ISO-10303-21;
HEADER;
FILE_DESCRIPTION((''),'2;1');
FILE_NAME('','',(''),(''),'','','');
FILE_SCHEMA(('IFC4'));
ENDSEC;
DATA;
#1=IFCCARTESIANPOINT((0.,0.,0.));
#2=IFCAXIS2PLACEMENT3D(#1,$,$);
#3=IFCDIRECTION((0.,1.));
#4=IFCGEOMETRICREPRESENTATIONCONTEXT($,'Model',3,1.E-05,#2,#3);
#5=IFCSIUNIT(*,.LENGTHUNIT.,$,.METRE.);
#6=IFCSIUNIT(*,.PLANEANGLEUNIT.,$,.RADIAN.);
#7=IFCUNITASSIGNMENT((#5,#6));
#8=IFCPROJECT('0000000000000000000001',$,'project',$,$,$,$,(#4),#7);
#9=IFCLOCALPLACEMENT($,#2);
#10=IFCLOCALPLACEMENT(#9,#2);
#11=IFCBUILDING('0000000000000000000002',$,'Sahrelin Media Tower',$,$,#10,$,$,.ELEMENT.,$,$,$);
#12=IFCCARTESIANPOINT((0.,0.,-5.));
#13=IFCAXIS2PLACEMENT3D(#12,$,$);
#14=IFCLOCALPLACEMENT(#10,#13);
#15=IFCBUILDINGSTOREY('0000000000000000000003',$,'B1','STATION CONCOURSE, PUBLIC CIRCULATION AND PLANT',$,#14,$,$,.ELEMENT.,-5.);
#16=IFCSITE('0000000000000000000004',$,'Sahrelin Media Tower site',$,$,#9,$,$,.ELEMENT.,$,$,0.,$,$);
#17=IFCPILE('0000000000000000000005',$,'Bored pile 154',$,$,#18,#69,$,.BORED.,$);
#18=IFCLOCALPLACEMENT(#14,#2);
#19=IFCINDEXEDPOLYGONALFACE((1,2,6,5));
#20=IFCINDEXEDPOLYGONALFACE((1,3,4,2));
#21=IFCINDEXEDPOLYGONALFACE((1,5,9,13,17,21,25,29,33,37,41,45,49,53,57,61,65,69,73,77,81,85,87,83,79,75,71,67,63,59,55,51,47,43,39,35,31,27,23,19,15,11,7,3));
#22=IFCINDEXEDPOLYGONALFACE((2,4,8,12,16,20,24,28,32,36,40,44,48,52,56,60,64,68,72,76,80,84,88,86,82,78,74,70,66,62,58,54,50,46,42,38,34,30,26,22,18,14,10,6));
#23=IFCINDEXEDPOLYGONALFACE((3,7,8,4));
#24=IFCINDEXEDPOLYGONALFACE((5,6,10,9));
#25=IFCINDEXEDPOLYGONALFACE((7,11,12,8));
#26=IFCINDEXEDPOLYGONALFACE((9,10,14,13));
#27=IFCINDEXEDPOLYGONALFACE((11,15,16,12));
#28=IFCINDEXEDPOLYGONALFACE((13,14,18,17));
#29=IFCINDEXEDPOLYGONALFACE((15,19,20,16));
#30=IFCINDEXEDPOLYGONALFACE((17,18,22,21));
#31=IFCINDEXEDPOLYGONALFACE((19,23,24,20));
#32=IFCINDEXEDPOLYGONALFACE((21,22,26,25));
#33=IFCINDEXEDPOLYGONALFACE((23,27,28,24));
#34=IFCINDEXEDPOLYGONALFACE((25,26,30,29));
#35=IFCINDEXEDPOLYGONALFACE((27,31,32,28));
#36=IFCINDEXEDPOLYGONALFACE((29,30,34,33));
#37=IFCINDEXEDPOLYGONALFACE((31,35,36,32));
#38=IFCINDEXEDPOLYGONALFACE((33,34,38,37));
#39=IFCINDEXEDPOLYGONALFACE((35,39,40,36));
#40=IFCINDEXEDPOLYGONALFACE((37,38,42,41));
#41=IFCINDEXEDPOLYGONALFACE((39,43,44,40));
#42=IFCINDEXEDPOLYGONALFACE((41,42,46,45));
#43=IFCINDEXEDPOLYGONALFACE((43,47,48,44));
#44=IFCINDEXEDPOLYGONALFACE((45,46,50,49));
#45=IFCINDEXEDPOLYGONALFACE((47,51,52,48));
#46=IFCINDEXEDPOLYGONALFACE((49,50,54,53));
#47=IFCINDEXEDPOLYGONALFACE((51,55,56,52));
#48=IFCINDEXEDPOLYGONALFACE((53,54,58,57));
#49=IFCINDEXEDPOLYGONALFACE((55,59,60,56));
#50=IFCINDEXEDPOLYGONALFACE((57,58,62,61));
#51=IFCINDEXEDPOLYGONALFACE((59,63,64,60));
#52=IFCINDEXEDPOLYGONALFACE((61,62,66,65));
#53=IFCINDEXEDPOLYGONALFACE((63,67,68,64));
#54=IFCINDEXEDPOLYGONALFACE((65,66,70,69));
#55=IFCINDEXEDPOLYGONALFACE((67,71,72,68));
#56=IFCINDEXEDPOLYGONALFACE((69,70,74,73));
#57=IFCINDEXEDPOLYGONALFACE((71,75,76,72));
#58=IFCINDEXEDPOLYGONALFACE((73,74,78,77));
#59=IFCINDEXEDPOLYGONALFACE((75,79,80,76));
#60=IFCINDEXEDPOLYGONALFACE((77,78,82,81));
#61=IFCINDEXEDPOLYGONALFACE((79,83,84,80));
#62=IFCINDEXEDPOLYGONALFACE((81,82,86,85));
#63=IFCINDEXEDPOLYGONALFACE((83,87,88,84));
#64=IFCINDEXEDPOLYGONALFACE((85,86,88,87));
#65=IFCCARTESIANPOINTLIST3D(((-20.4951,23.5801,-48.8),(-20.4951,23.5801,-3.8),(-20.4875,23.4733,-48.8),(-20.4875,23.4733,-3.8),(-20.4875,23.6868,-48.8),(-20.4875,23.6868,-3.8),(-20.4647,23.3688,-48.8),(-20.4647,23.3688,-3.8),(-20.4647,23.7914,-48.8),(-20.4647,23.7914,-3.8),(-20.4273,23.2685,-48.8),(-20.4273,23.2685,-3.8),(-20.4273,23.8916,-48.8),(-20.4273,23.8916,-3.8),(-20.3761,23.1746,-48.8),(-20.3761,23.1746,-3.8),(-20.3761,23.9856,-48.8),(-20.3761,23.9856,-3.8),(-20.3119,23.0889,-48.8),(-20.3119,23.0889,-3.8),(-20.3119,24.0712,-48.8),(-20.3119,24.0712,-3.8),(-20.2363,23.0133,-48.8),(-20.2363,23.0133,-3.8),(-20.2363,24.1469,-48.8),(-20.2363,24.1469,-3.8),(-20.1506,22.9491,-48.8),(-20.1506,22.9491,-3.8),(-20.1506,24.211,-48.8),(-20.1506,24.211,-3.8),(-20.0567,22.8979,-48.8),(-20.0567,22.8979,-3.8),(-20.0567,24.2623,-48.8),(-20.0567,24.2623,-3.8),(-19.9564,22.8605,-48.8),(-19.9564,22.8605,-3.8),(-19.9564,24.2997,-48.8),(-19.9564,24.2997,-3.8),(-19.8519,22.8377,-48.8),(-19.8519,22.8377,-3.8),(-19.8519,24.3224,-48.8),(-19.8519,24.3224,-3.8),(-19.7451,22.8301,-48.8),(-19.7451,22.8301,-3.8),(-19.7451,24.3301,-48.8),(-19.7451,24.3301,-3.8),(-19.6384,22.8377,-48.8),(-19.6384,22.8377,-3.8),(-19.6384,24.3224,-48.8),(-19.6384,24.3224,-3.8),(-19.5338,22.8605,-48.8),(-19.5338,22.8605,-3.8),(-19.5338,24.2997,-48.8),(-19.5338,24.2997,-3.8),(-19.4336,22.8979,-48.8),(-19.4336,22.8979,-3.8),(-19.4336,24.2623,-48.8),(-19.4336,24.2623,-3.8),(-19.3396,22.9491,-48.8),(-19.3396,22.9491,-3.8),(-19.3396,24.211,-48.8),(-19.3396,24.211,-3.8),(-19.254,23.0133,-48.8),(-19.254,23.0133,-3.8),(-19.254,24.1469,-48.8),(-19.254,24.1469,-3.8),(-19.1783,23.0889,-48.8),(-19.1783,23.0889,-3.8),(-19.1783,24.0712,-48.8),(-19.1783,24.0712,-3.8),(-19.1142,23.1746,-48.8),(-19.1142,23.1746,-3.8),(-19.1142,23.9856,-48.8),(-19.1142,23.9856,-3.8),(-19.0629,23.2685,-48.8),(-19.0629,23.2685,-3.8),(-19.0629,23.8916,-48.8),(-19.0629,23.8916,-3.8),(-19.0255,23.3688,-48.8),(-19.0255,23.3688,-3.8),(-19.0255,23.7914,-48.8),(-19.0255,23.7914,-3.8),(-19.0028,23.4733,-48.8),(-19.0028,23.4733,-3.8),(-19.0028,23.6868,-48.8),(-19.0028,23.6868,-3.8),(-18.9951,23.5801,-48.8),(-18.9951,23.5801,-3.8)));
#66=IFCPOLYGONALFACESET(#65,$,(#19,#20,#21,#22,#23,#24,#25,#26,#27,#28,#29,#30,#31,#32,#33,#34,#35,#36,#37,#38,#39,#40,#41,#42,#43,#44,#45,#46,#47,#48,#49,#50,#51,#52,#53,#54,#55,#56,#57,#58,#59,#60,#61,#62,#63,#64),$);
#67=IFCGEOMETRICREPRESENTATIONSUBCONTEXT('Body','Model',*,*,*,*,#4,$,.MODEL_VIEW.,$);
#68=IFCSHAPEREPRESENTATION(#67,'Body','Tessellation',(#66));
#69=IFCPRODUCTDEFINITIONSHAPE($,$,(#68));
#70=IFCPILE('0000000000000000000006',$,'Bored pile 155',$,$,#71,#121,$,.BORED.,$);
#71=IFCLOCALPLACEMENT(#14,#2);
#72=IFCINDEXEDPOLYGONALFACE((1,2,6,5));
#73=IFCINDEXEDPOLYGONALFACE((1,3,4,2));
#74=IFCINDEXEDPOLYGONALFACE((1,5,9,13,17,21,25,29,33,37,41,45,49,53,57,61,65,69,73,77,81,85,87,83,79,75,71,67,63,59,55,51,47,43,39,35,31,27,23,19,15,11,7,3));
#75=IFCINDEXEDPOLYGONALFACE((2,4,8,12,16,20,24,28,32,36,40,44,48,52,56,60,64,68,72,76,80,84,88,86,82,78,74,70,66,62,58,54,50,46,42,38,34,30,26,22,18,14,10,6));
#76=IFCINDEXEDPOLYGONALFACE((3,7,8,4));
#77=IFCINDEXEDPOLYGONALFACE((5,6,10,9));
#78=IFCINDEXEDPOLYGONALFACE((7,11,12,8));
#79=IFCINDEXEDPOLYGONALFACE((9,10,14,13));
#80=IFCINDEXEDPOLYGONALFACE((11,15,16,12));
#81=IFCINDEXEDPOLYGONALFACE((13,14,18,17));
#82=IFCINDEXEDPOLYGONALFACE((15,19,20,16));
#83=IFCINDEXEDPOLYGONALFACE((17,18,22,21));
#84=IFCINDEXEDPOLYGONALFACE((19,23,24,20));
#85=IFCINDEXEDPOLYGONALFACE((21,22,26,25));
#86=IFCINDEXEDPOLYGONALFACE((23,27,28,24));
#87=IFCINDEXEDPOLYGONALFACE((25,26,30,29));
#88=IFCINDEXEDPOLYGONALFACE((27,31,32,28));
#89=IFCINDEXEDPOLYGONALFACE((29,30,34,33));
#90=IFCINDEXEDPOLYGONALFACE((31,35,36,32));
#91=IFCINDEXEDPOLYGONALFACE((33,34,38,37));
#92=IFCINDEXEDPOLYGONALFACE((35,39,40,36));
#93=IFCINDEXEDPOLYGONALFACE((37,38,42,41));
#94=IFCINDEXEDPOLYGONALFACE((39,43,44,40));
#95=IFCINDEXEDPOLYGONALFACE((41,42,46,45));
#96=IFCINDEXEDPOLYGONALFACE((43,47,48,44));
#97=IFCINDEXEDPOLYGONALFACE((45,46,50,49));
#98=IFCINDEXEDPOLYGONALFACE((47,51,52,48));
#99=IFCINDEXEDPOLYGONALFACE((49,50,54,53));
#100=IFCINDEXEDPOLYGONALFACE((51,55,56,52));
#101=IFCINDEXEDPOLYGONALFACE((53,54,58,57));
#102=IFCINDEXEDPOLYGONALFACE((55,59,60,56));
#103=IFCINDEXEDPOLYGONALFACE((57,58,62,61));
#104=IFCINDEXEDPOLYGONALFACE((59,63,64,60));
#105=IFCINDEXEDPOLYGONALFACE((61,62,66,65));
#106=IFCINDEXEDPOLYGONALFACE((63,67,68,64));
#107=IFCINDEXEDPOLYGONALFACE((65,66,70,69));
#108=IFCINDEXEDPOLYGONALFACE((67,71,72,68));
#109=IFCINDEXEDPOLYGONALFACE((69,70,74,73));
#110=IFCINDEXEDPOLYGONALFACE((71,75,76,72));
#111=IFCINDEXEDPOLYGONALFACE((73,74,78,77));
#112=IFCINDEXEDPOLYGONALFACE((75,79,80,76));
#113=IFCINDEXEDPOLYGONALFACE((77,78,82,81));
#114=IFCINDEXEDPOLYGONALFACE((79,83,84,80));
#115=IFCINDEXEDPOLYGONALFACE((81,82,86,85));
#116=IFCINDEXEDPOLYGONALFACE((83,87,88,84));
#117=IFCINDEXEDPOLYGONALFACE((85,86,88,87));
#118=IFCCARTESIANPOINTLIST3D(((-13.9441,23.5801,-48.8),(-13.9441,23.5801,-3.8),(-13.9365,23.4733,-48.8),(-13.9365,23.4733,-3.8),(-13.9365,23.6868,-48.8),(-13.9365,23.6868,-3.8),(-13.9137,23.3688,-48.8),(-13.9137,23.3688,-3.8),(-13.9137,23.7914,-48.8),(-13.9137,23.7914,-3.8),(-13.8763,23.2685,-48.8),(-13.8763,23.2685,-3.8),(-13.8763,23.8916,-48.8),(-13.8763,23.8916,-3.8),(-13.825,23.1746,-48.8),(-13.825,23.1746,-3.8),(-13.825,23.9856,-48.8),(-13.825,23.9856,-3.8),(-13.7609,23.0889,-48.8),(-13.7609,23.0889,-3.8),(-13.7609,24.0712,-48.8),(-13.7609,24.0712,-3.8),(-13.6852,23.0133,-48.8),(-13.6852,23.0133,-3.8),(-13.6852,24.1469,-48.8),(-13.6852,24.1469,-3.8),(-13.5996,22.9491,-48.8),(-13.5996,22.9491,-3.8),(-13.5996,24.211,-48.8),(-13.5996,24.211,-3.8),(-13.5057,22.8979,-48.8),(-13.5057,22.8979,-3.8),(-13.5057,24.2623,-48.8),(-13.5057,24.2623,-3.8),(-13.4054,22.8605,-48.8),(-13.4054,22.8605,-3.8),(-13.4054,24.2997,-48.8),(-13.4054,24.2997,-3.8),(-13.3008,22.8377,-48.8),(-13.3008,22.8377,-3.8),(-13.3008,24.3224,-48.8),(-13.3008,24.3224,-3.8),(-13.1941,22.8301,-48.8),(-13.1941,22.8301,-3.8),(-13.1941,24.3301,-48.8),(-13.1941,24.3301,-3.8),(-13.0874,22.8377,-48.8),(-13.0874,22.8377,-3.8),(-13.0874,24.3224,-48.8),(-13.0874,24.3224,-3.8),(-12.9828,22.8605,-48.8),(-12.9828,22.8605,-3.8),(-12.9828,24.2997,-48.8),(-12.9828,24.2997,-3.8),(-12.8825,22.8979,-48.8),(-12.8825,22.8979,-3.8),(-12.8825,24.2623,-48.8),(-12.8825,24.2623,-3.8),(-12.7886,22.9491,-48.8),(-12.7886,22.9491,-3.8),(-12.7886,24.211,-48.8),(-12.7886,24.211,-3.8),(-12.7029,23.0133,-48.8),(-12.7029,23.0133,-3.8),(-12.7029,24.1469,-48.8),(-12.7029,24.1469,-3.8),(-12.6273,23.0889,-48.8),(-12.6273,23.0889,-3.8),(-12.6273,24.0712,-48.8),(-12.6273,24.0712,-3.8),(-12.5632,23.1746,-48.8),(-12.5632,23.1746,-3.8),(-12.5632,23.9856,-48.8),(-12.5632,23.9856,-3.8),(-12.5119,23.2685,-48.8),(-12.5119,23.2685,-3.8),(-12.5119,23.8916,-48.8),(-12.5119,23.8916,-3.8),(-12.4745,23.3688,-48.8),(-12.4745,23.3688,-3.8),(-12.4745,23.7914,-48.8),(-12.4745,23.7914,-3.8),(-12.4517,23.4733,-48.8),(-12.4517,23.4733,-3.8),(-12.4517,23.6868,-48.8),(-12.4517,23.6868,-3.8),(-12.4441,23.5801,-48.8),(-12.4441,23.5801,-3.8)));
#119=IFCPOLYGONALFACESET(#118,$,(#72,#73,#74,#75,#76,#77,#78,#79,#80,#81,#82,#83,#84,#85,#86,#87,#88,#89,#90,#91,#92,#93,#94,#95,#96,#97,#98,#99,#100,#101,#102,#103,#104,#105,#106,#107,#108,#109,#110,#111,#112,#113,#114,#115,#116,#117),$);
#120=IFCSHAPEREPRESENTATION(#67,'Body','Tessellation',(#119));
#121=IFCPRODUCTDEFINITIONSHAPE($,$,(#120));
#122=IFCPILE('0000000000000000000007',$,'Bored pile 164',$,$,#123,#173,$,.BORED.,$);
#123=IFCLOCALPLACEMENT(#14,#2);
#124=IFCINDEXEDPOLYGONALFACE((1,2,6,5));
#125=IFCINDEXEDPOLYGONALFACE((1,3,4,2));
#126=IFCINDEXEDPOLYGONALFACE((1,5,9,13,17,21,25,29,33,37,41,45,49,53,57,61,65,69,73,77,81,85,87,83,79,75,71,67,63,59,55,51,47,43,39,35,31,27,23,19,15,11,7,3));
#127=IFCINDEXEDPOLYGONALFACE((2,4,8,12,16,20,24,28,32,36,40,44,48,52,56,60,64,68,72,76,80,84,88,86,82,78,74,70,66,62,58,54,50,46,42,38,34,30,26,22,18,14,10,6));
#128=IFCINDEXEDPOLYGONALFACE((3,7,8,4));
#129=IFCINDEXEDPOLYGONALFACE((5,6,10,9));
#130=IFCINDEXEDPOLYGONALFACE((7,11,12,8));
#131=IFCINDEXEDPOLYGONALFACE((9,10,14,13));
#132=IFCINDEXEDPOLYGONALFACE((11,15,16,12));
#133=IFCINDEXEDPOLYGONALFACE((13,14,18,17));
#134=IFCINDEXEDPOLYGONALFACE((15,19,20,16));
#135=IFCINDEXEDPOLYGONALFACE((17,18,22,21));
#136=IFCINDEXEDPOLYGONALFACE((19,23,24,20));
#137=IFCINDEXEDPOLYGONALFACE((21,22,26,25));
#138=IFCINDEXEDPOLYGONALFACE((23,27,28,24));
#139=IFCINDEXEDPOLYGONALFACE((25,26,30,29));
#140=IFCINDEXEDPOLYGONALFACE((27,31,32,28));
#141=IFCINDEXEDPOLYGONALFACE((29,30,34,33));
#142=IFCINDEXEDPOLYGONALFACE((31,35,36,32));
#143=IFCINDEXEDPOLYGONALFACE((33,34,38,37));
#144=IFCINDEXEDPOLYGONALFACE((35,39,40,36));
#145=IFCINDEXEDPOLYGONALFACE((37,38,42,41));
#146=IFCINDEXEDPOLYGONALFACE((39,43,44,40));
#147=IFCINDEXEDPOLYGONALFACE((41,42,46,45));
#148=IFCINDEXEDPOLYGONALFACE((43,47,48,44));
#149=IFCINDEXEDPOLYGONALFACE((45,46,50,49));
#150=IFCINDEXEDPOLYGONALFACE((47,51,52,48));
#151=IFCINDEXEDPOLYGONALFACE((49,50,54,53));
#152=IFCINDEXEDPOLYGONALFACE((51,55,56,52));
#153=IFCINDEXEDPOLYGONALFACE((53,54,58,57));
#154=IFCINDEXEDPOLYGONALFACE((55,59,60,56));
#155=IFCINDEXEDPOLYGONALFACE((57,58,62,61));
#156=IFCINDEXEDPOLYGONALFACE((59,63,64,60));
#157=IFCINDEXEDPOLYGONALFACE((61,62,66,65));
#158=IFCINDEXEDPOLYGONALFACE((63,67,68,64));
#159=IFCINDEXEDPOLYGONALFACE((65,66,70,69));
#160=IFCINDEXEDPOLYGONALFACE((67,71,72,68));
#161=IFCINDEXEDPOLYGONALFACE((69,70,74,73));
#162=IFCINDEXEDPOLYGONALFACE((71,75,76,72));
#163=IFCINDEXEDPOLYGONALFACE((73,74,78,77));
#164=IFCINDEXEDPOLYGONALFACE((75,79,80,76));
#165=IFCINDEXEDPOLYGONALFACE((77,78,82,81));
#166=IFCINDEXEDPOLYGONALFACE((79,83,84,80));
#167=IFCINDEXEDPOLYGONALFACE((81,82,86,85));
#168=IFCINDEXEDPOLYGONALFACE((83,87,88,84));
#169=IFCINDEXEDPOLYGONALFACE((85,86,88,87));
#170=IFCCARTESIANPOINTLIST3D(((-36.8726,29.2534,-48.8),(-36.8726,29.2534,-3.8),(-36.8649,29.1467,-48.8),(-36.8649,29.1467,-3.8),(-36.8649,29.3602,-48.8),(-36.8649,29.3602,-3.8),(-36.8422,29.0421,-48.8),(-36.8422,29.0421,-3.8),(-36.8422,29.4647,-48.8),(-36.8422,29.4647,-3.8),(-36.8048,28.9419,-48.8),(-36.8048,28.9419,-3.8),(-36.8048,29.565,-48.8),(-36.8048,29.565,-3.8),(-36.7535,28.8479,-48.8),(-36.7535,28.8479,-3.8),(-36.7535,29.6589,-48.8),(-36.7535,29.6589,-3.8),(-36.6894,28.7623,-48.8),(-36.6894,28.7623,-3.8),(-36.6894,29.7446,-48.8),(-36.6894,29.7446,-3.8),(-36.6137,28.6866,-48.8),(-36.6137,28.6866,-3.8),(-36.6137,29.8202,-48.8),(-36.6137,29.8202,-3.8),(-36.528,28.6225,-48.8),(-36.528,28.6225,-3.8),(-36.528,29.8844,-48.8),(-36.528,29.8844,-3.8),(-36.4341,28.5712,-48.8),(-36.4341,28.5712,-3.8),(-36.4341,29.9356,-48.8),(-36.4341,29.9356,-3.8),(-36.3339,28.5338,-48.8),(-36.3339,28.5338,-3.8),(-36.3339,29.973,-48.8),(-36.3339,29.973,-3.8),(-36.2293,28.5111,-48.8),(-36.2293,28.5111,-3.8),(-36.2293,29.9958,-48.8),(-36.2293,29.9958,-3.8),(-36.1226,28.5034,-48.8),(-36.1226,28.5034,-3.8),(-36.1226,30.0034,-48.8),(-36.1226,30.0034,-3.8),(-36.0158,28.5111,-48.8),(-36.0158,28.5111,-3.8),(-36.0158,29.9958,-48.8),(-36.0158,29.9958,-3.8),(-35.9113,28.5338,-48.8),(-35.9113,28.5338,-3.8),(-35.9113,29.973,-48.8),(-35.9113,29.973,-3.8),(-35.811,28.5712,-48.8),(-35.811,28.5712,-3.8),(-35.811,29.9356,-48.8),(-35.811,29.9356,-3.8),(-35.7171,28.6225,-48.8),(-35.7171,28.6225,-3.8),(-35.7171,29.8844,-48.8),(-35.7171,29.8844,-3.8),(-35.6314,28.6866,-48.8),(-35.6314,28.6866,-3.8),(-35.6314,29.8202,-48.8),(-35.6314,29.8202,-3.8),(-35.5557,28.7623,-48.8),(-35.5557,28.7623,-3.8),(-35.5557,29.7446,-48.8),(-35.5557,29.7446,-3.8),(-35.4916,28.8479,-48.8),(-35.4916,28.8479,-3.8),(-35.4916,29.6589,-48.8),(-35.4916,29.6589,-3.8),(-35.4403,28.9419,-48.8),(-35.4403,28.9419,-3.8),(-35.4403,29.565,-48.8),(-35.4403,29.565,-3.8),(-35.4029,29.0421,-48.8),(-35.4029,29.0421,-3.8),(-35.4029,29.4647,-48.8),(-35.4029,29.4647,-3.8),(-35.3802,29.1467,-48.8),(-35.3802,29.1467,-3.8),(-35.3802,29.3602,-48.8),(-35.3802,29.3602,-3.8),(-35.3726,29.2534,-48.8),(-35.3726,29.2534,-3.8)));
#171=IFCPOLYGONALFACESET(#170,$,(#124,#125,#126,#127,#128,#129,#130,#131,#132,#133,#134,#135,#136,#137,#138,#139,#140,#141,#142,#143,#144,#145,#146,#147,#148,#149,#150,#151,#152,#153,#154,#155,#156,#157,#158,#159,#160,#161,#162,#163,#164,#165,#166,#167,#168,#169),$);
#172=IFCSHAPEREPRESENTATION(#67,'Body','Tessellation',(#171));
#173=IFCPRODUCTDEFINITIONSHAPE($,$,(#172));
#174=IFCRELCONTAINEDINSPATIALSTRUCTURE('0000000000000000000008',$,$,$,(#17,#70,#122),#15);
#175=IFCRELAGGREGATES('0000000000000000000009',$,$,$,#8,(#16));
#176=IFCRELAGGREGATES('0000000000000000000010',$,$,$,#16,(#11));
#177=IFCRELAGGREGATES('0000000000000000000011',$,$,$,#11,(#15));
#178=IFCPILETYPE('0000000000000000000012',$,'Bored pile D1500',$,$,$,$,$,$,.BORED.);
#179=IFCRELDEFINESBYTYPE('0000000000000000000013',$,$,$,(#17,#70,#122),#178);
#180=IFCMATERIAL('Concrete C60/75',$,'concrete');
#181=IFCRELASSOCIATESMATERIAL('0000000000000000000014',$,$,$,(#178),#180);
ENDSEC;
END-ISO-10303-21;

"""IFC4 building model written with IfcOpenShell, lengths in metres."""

from ifc_helpers import new_model, si_unit, direction, frame, origin, origin_2d, place, context, subcontext, project, spatial, circle, extrude, material, material_profile, profile_set, type_object, element, save


model = new_model("IFC4")

# Units and contexts
model_context = context("Model", 3, precision=1e-05, world=origin(), true_north=direction((0.0, 1.0)))
body_context = subcontext(model_context, "Body", "Model", "MODEL_VIEW")
ifc_project = project(units=[si_unit("LENGTHUNIT", "METRE"), si_unit("PLANEANGLEUNIT", "RADIAN")], contexts=[model_context])

# Site, building, storey
site_placement = place(None, origin())
site = spatial("IfcSite", under=ifc_project, at=site_placement, Name="Sahrelin Media Tower site", CompositionType="ELEMENT", RefElevation=0.0)
building_placement = place(site_placement, origin())
building = spatial("IfcBuilding", under=site, at=building_placement, Name="Sahrelin Media Tower", CompositionType="ELEMENT")
storey_placement = place(building_placement, frame((0.0, 0.0, -5.0)))
storey = spatial("IfcBuildingStorey", under=building, at=storey_placement, Name="B1", Description="STATION CONCOURSE, PUBLIC CIRCULATION AND PLANT", CompositionType="ELEMENT", Elevation=-5.0)

# Piles
ifc_material_1 = material(Name="Concrete C60/75", Category="concrete")
ifc_material_profile_1 = material_profile(ifc_material_1, circle(Radius=0.75, at=origin_2d()), Name="Bored pile D1500")
ifc_profile_set_1 = profile_set([ifc_material_profile_1], Name="Concrete C60/75")
pile_type = type_object("IfcPileType", Name="Bored pile D1500", PredefinedType="BORED", material=ifc_profile_set_1)
for number, where, z_axis, x_axis, name in (
    (1, (-19.7451, 23.5801, -3.8), (0.0, 0.0, -1.0), (1.0, 0.0, 0.0), "Bored pile 154"),
    (2, (-13.1941, 23.5801, -3.8), (0.0, 0.0, -1.0), (1.0, 0.0, 0.0), "Bored pile 155"),
    (3, (-36.1226, 29.2534, -3.8), (0.0, 0.0, -1.0), (1.0, 0.0, 0.0), "Bored pile 164"),
):
    element("IfcPile", number, at=place(storey_placement, frame(where, z_axis=z_axis, x_axis=x_axis)), inside=storey, type_object=pile_type, Name=name, PredefinedType="BORED", context=body_context, shape_type="SweptSolid", body=[
        extrude(circle(Radius=0.75, at=origin_2d()), origin(), (0.0, 0.0, 1.0), 45.0),
    ])

save(model, "model.ifc")
